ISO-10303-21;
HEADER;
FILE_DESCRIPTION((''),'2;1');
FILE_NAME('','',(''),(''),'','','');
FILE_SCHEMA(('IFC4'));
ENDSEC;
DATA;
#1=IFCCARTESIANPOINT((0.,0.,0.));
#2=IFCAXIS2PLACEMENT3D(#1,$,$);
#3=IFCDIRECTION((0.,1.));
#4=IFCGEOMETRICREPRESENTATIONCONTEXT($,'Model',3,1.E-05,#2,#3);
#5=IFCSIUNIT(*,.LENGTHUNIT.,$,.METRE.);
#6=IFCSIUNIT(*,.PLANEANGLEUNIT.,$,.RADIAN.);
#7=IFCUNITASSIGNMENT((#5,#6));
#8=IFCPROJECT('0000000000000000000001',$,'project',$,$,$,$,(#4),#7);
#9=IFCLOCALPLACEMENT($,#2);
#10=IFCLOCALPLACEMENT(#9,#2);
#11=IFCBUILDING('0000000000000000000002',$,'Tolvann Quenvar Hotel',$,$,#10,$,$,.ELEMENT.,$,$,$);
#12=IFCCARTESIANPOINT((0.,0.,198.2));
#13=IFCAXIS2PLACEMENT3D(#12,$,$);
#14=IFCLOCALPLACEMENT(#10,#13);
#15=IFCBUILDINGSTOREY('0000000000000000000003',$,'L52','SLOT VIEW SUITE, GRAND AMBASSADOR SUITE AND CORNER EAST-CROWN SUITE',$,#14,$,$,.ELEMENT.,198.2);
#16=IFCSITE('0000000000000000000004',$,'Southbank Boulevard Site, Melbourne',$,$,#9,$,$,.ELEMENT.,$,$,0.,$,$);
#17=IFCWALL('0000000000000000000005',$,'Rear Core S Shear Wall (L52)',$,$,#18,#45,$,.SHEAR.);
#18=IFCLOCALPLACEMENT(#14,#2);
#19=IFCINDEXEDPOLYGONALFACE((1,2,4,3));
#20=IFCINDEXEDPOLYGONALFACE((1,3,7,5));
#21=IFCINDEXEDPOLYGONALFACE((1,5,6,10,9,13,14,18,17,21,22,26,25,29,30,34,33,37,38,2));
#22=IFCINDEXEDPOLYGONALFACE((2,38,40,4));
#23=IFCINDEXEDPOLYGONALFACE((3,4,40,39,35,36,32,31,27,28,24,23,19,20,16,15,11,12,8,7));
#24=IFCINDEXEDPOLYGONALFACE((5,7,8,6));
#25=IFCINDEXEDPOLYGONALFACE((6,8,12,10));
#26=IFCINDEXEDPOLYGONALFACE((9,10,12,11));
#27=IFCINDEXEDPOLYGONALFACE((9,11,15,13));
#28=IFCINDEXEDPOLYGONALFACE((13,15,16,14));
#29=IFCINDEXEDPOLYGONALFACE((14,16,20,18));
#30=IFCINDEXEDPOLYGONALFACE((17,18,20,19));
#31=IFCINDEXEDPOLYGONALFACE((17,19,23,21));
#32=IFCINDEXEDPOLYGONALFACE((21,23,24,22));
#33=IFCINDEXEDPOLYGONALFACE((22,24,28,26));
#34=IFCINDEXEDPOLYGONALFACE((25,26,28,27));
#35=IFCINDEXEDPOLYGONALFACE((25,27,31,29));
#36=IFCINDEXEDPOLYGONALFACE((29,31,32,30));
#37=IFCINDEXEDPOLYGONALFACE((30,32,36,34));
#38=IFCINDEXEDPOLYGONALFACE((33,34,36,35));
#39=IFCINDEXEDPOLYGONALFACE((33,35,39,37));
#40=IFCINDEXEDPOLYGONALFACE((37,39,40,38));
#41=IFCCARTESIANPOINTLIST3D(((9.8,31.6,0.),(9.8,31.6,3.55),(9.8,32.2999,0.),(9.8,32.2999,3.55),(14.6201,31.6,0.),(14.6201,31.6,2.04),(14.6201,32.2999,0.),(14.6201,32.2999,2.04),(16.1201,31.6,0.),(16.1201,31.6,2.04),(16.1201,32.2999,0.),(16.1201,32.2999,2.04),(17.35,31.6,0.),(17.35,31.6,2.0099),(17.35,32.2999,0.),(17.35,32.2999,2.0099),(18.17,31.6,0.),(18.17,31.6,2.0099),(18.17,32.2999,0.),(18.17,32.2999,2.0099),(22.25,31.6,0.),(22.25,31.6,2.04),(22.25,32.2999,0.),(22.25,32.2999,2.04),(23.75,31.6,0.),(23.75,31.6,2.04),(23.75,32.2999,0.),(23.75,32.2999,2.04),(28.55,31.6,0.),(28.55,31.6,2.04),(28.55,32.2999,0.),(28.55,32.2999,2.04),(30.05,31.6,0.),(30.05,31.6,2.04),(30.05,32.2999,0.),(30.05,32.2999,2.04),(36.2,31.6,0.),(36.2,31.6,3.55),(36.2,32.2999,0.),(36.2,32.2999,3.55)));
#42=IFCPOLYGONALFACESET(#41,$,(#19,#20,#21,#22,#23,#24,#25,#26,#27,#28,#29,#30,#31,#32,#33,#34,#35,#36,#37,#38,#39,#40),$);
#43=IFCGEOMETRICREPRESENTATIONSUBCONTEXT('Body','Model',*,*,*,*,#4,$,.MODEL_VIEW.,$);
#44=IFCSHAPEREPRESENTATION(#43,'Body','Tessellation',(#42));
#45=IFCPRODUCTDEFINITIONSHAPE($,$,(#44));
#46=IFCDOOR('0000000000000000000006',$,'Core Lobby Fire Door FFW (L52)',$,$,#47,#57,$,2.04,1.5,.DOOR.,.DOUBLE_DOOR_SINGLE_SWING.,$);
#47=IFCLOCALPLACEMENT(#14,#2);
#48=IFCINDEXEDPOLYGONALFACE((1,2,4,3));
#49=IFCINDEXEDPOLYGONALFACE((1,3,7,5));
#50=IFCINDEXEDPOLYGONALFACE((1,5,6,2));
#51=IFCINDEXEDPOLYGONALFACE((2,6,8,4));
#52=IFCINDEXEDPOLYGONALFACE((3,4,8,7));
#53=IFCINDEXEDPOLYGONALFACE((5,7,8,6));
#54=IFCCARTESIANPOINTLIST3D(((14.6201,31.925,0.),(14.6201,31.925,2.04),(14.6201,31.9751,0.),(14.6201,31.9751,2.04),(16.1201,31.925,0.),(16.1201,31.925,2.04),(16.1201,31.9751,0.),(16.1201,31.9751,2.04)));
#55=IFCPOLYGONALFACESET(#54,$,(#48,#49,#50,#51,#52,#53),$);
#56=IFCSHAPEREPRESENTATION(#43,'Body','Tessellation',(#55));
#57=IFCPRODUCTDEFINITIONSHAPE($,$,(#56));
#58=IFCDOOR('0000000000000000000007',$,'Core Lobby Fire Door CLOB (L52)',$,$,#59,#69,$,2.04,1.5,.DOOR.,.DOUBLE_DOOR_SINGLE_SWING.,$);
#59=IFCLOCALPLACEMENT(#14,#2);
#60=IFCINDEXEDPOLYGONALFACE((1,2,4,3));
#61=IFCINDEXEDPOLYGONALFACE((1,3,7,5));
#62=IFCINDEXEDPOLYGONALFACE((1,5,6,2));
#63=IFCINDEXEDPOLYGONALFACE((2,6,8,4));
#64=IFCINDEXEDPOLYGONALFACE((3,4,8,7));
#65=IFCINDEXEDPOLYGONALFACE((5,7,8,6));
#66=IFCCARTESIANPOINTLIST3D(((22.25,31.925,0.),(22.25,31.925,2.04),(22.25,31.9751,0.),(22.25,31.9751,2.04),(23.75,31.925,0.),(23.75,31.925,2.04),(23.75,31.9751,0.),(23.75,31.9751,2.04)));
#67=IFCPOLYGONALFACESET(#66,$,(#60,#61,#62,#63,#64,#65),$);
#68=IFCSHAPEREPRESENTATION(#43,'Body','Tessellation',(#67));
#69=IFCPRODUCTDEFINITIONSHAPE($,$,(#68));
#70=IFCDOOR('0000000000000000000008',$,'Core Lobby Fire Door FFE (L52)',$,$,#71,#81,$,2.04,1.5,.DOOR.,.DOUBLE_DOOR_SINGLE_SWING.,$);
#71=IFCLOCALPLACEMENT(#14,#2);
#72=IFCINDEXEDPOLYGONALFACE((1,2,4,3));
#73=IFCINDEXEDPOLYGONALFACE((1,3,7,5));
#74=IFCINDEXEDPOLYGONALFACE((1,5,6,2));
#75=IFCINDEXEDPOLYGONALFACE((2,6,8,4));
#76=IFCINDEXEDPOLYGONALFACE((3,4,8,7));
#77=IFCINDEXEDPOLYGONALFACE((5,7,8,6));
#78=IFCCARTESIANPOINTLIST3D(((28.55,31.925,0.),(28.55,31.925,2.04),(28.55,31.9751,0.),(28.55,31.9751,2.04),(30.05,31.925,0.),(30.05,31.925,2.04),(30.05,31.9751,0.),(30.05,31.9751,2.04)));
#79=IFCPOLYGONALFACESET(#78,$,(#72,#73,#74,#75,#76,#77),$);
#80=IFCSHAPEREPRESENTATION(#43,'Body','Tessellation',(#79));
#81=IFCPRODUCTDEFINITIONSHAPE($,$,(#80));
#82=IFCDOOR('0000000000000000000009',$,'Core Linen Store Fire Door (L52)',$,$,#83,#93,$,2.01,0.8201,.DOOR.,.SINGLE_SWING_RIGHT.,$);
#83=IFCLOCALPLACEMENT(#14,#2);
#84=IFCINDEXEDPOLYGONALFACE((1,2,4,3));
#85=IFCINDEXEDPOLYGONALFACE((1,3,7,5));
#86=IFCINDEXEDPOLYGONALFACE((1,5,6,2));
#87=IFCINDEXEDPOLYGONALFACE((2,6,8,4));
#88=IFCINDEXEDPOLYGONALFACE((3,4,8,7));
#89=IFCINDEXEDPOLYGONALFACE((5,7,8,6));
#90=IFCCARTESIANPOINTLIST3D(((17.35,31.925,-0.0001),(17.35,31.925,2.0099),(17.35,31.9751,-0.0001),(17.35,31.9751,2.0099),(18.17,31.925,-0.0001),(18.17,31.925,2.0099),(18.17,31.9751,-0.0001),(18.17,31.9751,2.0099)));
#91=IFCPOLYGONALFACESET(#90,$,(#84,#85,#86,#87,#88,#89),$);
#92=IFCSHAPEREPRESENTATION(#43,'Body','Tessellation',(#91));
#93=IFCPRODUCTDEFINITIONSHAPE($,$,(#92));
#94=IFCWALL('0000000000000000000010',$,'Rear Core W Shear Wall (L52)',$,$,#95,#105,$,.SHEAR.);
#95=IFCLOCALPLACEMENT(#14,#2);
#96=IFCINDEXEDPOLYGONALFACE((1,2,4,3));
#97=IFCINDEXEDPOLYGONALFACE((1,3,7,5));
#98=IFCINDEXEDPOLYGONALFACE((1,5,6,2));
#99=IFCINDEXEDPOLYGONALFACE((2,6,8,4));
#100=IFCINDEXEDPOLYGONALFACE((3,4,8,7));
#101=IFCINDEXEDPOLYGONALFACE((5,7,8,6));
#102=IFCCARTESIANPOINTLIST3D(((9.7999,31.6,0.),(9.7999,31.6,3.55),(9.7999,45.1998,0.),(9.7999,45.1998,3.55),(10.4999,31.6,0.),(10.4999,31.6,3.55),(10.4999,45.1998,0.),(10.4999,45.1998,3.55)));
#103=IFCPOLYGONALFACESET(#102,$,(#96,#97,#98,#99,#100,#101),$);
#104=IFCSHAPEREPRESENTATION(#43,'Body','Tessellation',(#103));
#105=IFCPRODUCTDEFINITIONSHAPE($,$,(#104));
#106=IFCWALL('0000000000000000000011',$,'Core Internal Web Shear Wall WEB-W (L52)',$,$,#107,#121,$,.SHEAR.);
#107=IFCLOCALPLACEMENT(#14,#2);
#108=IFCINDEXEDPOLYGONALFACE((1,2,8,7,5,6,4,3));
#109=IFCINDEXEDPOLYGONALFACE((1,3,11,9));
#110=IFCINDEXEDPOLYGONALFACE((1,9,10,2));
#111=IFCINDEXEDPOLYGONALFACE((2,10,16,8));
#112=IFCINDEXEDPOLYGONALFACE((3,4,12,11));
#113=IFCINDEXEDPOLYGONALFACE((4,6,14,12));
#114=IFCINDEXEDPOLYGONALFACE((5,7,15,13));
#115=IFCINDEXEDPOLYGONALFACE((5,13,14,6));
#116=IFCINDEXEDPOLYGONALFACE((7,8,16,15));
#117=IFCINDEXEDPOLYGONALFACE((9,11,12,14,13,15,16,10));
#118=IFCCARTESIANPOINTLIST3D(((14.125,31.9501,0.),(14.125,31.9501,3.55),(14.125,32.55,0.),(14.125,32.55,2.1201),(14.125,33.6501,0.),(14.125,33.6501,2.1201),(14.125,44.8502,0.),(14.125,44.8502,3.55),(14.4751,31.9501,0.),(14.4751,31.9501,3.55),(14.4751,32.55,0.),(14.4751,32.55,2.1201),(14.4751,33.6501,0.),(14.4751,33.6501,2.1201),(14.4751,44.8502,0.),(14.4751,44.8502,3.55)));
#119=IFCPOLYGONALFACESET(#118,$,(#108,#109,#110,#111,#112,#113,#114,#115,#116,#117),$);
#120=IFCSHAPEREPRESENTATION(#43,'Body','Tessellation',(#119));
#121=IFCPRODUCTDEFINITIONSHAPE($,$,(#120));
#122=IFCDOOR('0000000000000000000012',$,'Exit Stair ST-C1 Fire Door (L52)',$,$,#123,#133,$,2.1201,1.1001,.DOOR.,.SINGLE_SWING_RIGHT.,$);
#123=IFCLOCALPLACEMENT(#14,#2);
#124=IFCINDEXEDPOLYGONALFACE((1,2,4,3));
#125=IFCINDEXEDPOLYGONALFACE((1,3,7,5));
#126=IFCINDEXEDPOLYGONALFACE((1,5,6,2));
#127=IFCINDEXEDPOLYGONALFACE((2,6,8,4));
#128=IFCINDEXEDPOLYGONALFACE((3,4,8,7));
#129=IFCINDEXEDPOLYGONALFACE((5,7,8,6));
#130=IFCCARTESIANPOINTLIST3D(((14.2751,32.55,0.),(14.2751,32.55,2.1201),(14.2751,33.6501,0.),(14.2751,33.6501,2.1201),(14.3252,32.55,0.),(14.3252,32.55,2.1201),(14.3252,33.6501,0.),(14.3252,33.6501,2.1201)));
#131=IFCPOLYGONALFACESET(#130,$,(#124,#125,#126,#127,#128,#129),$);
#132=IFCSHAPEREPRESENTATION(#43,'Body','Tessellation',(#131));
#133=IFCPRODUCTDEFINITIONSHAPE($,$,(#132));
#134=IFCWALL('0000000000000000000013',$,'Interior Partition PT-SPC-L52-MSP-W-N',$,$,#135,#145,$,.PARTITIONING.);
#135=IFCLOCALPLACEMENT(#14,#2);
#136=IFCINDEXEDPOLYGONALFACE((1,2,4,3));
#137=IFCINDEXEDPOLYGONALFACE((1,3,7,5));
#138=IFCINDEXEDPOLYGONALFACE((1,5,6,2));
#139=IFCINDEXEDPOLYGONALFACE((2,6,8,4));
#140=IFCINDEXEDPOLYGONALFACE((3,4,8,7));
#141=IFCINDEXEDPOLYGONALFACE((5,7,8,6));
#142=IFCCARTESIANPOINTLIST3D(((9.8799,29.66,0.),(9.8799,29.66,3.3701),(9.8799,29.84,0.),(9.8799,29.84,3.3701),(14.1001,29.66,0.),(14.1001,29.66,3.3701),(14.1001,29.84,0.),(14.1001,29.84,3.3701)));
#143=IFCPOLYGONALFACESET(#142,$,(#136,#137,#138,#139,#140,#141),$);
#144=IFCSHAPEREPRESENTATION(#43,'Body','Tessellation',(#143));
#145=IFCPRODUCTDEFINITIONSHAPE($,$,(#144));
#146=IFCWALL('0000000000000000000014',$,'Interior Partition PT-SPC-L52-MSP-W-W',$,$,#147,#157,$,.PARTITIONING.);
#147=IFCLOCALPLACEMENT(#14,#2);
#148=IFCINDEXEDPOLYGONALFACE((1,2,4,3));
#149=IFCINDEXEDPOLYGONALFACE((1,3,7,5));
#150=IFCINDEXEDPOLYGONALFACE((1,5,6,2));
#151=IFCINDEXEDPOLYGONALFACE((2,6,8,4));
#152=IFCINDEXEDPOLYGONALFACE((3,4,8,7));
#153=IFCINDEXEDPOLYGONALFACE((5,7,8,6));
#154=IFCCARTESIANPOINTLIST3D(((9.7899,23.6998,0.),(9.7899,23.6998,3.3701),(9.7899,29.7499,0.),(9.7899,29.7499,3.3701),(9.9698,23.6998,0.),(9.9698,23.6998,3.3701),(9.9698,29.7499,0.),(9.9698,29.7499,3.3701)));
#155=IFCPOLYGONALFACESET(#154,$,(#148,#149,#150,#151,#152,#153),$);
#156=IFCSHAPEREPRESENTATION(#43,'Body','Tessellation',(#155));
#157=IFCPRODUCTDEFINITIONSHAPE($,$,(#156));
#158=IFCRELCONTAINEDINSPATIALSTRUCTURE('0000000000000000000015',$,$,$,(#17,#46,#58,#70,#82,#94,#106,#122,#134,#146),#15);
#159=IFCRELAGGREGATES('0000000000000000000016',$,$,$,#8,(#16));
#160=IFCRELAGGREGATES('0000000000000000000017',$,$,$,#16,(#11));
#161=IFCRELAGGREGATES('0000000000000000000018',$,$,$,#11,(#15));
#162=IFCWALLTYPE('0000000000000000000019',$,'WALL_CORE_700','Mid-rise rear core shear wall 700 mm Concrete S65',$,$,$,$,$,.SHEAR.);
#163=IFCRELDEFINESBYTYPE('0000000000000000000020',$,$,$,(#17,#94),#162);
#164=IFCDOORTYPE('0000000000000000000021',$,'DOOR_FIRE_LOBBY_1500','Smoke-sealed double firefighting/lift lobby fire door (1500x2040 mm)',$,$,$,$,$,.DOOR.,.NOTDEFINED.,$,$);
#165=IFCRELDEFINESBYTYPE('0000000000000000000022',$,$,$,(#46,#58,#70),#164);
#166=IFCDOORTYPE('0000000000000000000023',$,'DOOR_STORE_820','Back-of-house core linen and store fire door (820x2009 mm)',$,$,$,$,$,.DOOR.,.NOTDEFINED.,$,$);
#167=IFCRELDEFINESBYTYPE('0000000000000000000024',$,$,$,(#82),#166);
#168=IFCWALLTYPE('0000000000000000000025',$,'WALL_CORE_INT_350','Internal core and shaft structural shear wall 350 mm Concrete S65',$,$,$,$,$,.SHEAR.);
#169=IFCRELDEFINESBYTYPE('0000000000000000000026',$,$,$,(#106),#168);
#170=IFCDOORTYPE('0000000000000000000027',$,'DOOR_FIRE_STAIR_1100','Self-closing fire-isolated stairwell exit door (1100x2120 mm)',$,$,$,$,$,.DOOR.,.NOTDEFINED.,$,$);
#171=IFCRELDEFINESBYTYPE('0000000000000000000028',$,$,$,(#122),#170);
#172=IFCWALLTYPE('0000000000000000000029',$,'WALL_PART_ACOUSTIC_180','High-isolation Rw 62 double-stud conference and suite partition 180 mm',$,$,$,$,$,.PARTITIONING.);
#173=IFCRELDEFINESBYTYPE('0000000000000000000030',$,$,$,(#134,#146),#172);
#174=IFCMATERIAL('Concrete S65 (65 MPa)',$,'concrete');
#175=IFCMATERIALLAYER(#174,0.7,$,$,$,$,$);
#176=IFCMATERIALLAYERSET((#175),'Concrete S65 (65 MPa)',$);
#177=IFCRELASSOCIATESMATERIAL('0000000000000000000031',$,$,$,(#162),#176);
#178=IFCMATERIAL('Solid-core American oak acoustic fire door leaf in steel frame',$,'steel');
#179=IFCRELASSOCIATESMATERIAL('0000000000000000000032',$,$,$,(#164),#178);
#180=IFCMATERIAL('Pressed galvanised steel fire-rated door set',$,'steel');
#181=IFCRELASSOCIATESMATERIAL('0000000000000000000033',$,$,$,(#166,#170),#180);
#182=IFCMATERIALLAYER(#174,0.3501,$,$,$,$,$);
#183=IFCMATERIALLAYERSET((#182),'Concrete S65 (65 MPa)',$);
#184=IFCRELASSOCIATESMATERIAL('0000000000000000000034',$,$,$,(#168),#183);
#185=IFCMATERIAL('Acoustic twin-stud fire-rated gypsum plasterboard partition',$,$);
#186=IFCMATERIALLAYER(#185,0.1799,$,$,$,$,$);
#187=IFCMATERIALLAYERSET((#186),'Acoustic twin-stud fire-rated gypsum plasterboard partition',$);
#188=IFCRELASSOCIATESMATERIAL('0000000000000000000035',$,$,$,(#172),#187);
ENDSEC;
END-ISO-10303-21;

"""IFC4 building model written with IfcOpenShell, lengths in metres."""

from ifc_helpers import new_model, si_unit, direction, frame, frame_2d, origin, place, context, subcontext, project, spatial, rectangle, extrude, source, transform, mapped, material, layer, layer_set, type_object, type_shapes, element, fill, save


model = new_model("IFC4")

# Units and contexts
model_context = context("Model", 3, precision=1e-05, world=origin(), true_north=direction((0.0, 1.0)))
body_context = subcontext(model_context, "Body", "Model", "MODEL_VIEW")
ifc_project = project(units=[si_unit("LENGTHUNIT", "METRE"), si_unit("PLANEANGLEUNIT", "RADIAN")], contexts=[model_context])

# Site, building, storey
site_placement = place(None, origin())
site = spatial("IfcSite", under=ifc_project, at=site_placement, Name="Southbank Boulevard Site, Melbourne", CompositionType="ELEMENT", RefElevation=0.0)
building_placement = place(site_placement, origin())
building = spatial("IfcBuilding", under=site, at=building_placement, Name="Tolvann Quenvar Hotel", CompositionType="ELEMENT")
storey_placement = place(building_placement, frame((0.0, 0.0, 198.2)))
storey = spatial("IfcBuildingStorey", under=building, at=storey_placement, Name="L52", Description="SLOT VIEW SUITE, GRAND AMBASSADOR SUITE AND CORNER EAST-CROWN SUITE", CompositionType="ELEMENT", Elevation=198.2)

# Wall, openings, doors
ifc_material_1 = material(Name="Concrete S65 (65 MPa)", Category="concrete")
ifc_layer_1 = layer(ifc_material_1, 0.7)
ifc_layer_set_1 = layer_set([ifc_layer_1], Name="Concrete S65 (65 MPa)")
wall_type_1 = type_object("IfcWallType", Name="WALL_CORE_700", Description="Mid-rise rear core shear wall 700 mm Concrete S65", PredefinedType="SHEAR", material=ifc_layer_set_1)
wall_1_placement = place(storey_placement, frame((9.8, 31.95, 0.0), z_axis=(0.0, 0.0, 1.0), x_axis=(1.0, 0.0, 0.0)))
wall_1 = element("IfcWall", 1, at=wall_1_placement, inside=storey, type_object=wall_type_1, Name="Rear Core S Shear Wall (L52)", PredefinedType="SHEAR", context=body_context, shape_type="SweptSolid", body=[
    extrude(rectangle(XDim=26.3999, YDim=0.7, at=frame_2d((13.2, 0.0))), origin(), (0.0, 0.0, 1.0), 3.55),
])
opening_1_placement = place(wall_1_placement, frame((6.3201, 0.0, 0.0), z_axis=(0.0, 0.0, 1.0), x_axis=(-1.0, 0.0, 0.0)))
opening_1 = element("IfcOpeningElement", 2, at=opening_1_placement, cuts=wall_1, PredefinedType="OPENING", context=body_context, shape_type="SweptSolid", body=[
    extrude(rectangle(XDim=1.5, YDim=2.04, at=frame_2d((0.75, 1.02))), frame((0.0, 0.3599, 0.0), z_axis=(0.0, -1.0, 0.0), x_axis=(1.0, 0.0, 0.0)), (0.0, 0.0, 1.0), 0.72),
])
opening_2_placement = place(wall_1_placement, frame((13.95, 0.0, 0.0), z_axis=(0.0, 0.0, 1.0), x_axis=(-1.0, 0.0, 0.0)))
opening_2 = element("IfcOpeningElement", 3, at=opening_2_placement, cuts=wall_1, PredefinedType="OPENING", context=body_context, shape_type="SweptSolid", body=[
    extrude(rectangle(XDim=1.5, YDim=2.04, at=frame_2d((0.75, 1.02))), frame((0.0, 0.3599, 0.0), z_axis=(0.0, -1.0, 0.0), x_axis=(1.0, 0.0, 0.0)), (0.0, 0.0, 1.0), 0.72),
])
opening_3_placement = place(wall_1_placement, frame((20.25, 0.0, 0.0), z_axis=(0.0, 0.0, 1.0), x_axis=(-1.0, 0.0, 0.0)))
opening_3 = element("IfcOpeningElement", 4, at=opening_3_placement, cuts=wall_1, PredefinedType="OPENING", context=body_context, shape_type="SweptSolid", body=[
    extrude(rectangle(XDim=1.5, YDim=2.04, at=frame_2d((0.75, 1.02))), frame((0.0, 0.3599, 0.0), z_axis=(0.0, -1.0, 0.0), x_axis=(1.0, 0.0, 0.0)), (0.0, 0.0, 1.0), 0.72),
])
opening_4_placement = place(wall_1_placement, frame((8.3701, 0.0, 0.0), z_axis=(0.0, 0.0, 1.0), x_axis=(-1.0, 0.0, 0.0)))
opening_4 = element("IfcOpeningElement", 5, at=opening_4_placement, cuts=wall_1, PredefinedType="OPENING", context=body_context, shape_type="SweptSolid", body=[
    extrude(rectangle(XDim=0.8201, YDim=2.01, at=frame_2d((0.4102, 1.0049))), frame((0.0, 0.3599, 0.0), z_axis=(0.0, -1.0, 0.0), x_axis=(1.0, 0.0, 0.0)), (0.0, 0.0, 1.0), 0.72),
])
ifc_material_2 = material(Name="Solid-core American oak acoustic fire door leaf in steel frame", Category="steel")
door_type_1 = type_object("IfcDoorType", Name="DOOR_FIRE_LOBBY_1500", Description="Smoke-sealed double firefighting/lift lobby fire door (1500x2040 mm)", OperationType="NOTDEFINED", PredefinedType="DOOR", material=ifc_material_2)
shared_shape_1 = source(origin(), body_context, "Body", "SweptSolid", [
    extrude(rectangle(XDim=1.5, YDim=2.04, at=frame_2d((0.75, 1.02))), frame((0.0, 0.0249, 0.0), z_axis=(0.0, -1.0, 0.0), x_axis=(1.0, 0.0, 0.0)), (0.0, 0.0, 1.0), 0.05),
])
type_shapes(door_type_1, [shared_shape_1])
door_1_placement = place(opening_1_placement, origin())
door_1 = element("IfcDoor", 6, at=door_1_placement, inside=storey, type_object=door_type_1, Name="Core Lobby Fire Door FFW (L52)", OperationType="DOUBLE_DOOR_SINGLE_SWING", OverallHeight=2.04, OverallWidth=1.5, PredefinedType="DOOR", context=body_context, shape_type="MappedRepresentation", body=[
    mapped(shared_shape_1, transform((0.0, 0.0, 0.0), x_axis=(1.0, 0.0, 0.0), y_axis=(0.0, 1.0, 0.0), z_axis=(0.0, 0.0, 1.0), scale=1.0)),
])
fill(opening_1, door_1)
door_2_placement = place(opening_2_placement, origin())
door_2 = element("IfcDoor", 7, at=door_2_placement, inside=storey, type_object=door_type_1, Name="Core Lobby Fire Door CLOB (L52)", OperationType="DOUBLE_DOOR_SINGLE_SWING", OverallHeight=2.04, OverallWidth=1.5, PredefinedType="DOOR", context=body_context, shape_type="MappedRepresentation", body=[
    mapped(shared_shape_1, transform((0.0, 0.0, 0.0), x_axis=(1.0, 0.0, 0.0), y_axis=(0.0, 1.0, 0.0), z_axis=(0.0, 0.0, 1.0), scale=1.0)),
])
fill(opening_2, door_2)
door_3_placement = place(opening_3_placement, origin())
door_3 = element("IfcDoor", 8, at=door_3_placement, inside=storey, type_object=door_type_1, Name="Core Lobby Fire Door FFE (L52)", OperationType="DOUBLE_DOOR_SINGLE_SWING", OverallHeight=2.04, OverallWidth=1.5, PredefinedType="DOOR", context=body_context, shape_type="MappedRepresentation", body=[
    mapped(shared_shape_1, transform((0.0, 0.0, 0.0), x_axis=(1.0, 0.0, 0.0), y_axis=(0.0, 1.0, 0.0), z_axis=(0.0, 0.0, 1.0), scale=1.0)),
])
fill(opening_3, door_3)
ifc_material_3 = material(Name="Pressed galvanised steel fire-rated door set", Category="steel")
door_type_2 = type_object("IfcDoorType", Name="DOOR_STORE_820", Description="Back-of-house core linen and store fire door (820x2009 mm)", OperationType="NOTDEFINED", PredefinedType="DOOR", material=ifc_material_3)
shared_shape_2 = source(origin(), body_context, "Body", "SweptSolid", [
    extrude(rectangle(XDim=0.8201, YDim=2.01, at=frame_2d((0.4102, 1.0049))), frame((0.0, 0.0249, 0.0), z_axis=(0.0, -1.0, 0.0), x_axis=(1.0, 0.0, 0.0)), (0.0, 0.0, 1.0), 0.05),
])
type_shapes(door_type_2, [shared_shape_2])
door_4_placement = place(opening_4_placement, origin())
door_4 = element("IfcDoor", 9, at=door_4_placement, inside=storey, type_object=door_type_2, Name="Core Linen Store Fire Door (L52)", OperationType="SINGLE_SWING_RIGHT", OverallHeight=2.01, OverallWidth=0.8201, PredefinedType="DOOR", context=body_context, shape_type="MappedRepresentation", body=[
    mapped(shared_shape_2, transform((0.0, 0.0, 0.0), x_axis=(1.0, 0.0, 0.0), y_axis=(0.0, 1.0, 0.0), z_axis=(0.0, 0.0, 1.0), scale=1.0)),
])
fill(opening_4, door_4)

# Wall
wall_2_placement = place(storey_placement, frame((10.1499, 31.6001, 0.0), z_axis=(0.0, 0.0, 1.0), x_axis=(0.0, 1.0, 0.0)))
element("IfcWall", 10, at=wall_2_placement, inside=storey, type_object=wall_type_1, Name="Rear Core W Shear Wall (L52)", PredefinedType="SHEAR", context=body_context, shape_type="SweptSolid", body=[
    extrude(rectangle(XDim=13.5999, YDim=0.7, at=frame_2d((6.7998, 0.0))), origin(), (0.0, 0.0, 1.0), 3.55),
])

# Wall, opening, door
ifc_layer_2 = layer(ifc_material_1, 0.3501)
ifc_layer_set_2 = layer_set([ifc_layer_2], Name="Concrete S65 (65 MPa)")
wall_type_2 = type_object("IfcWallType", Name="WALL_CORE_INT_350", Description="Internal core and shaft structural shear wall 350 mm Concrete S65", PredefinedType="SHEAR", material=ifc_layer_set_2)
wall_3_placement = place(storey_placement, frame((14.3, 31.95, 0.0), z_axis=(0.0, 0.0, 1.0), x_axis=(0.0, 1.0, 0.0)))
wall_3 = element("IfcWall", 11, at=wall_3_placement, inside=storey, type_object=wall_type_2, Name="Core Internal Web Shear Wall WEB-W (L52)", PredefinedType="SHEAR", context=body_context, shape_type="SweptSolid", body=[
    extrude(rectangle(XDim=12.9001, YDim=0.3501, at=frame_2d((6.4502, 0.0))), origin(), (0.0, 0.0, 1.0), 3.55),
])
opening_5_placement = place(wall_3_placement, frame((0.6001, 0.0, 0.0)))
opening_5 = element("IfcOpeningElement", 12, at=opening_5_placement, cuts=wall_3, PredefinedType="OPENING", context=body_context, shape_type="SweptSolid", body=[
    extrude(rectangle(XDim=1.1001, YDim=2.1201, at=frame_2d((0.55, 1.0601))), frame((0.0, 0.1851, 0.0), z_axis=(0.0, -1.0, 0.0), x_axis=(1.0, 0.0, 0.0)), (0.0, 0.0, 1.0), 0.3701),
])
door_type_3 = type_object("IfcDoorType", Name="DOOR_FIRE_STAIR_1100", Description="Self-closing fire-isolated stairwell exit door (1100x2120 mm)", OperationType="NOTDEFINED", PredefinedType="DOOR", material=ifc_material_3)
shared_shape_3 = source(origin(), body_context, "Body", "SweptSolid", [
    extrude(rectangle(XDim=1.1001, YDim=2.1201, at=frame_2d((0.55, 1.0601))), frame((0.0, 0.0249, 0.0), z_axis=(0.0, -1.0, 0.0), x_axis=(1.0, 0.0, 0.0)), (0.0, 0.0, 1.0), 0.05),
])
type_shapes(door_type_3, [shared_shape_3])
door_5_placement = place(opening_5_placement, origin())
door_5 = element("IfcDoor", 13, at=door_5_placement, inside=storey, type_object=door_type_3, Name="Exit Stair ST-C1 Fire Door (L52)", OperationType="SINGLE_SWING_RIGHT", OverallHeight=2.1201, OverallWidth=1.1001, PredefinedType="DOOR", context=body_context, shape_type="MappedRepresentation", body=[
    mapped(shared_shape_3, transform((0.0, 0.0, 0.0), x_axis=(1.0, 0.0, 0.0), y_axis=(0.0, 1.0, 0.0), z_axis=(0.0, 0.0, 1.0), scale=1.0)),
])
fill(opening_5, door_5)
ifc_material_4 = material(Name="Acoustic twin-stud fire-rated gypsum plasterboard partition")
ifc_layer_3 = layer(ifc_material_4, 0.1799)
ifc_layer_set_3 = layer_set([ifc_layer_3], Name="Acoustic twin-stud fire-rated gypsum plasterboard partition")
wall_type_3 = type_object("IfcWallType", Name="WALL_PART_ACOUSTIC_180", Description="High-isolation Rw 62 double-stud conference and suite partition 180 mm", PredefinedType="PARTITIONING", material=ifc_layer_set_3)

# Walls
wall_4_placement = place(storey_placement, frame((9.8799, 29.75, 0.0), z_axis=(0.0, 0.0, 1.0), x_axis=(1.0, 0.0, 0.0)))
element("IfcWall", 14, at=wall_4_placement, inside=storey, type_object=wall_type_3, Name="Interior Partition PT-SPC-L52-MSP-W-N", PredefinedType="PARTITIONING", context=body_context, shape_type="SweptSolid", body=[
    extrude(rectangle(XDim=4.2202, YDim=0.1799, at=frame_2d((2.1101, 0.0))), origin(), (0.0, 0.0, 1.0), 3.3701),
])
for number, where, z_axis, x_axis, name in (
    (15, (9.8799, 23.7, 0.0), (0.0, 0.0, 1.0), (0.0, 1.0, 0.0), "Interior Partition PT-SPC-L52-MSP-W-W"),
):
    element("IfcWall", number, at=place(storey_placement, frame(where, z_axis=z_axis, x_axis=x_axis)), inside=storey, type_object=wall_type_3, Name=name, PredefinedType="PARTITIONING", context=body_context, shape_type="SweptSolid", body=[
        extrude(rectangle(XDim=6.05, YDim=0.1799, at=frame_2d((3.0249, 0.0))), origin(), (0.0, 0.0, 1.0), 3.3701),
    ])

save(model, "model.ifc")
